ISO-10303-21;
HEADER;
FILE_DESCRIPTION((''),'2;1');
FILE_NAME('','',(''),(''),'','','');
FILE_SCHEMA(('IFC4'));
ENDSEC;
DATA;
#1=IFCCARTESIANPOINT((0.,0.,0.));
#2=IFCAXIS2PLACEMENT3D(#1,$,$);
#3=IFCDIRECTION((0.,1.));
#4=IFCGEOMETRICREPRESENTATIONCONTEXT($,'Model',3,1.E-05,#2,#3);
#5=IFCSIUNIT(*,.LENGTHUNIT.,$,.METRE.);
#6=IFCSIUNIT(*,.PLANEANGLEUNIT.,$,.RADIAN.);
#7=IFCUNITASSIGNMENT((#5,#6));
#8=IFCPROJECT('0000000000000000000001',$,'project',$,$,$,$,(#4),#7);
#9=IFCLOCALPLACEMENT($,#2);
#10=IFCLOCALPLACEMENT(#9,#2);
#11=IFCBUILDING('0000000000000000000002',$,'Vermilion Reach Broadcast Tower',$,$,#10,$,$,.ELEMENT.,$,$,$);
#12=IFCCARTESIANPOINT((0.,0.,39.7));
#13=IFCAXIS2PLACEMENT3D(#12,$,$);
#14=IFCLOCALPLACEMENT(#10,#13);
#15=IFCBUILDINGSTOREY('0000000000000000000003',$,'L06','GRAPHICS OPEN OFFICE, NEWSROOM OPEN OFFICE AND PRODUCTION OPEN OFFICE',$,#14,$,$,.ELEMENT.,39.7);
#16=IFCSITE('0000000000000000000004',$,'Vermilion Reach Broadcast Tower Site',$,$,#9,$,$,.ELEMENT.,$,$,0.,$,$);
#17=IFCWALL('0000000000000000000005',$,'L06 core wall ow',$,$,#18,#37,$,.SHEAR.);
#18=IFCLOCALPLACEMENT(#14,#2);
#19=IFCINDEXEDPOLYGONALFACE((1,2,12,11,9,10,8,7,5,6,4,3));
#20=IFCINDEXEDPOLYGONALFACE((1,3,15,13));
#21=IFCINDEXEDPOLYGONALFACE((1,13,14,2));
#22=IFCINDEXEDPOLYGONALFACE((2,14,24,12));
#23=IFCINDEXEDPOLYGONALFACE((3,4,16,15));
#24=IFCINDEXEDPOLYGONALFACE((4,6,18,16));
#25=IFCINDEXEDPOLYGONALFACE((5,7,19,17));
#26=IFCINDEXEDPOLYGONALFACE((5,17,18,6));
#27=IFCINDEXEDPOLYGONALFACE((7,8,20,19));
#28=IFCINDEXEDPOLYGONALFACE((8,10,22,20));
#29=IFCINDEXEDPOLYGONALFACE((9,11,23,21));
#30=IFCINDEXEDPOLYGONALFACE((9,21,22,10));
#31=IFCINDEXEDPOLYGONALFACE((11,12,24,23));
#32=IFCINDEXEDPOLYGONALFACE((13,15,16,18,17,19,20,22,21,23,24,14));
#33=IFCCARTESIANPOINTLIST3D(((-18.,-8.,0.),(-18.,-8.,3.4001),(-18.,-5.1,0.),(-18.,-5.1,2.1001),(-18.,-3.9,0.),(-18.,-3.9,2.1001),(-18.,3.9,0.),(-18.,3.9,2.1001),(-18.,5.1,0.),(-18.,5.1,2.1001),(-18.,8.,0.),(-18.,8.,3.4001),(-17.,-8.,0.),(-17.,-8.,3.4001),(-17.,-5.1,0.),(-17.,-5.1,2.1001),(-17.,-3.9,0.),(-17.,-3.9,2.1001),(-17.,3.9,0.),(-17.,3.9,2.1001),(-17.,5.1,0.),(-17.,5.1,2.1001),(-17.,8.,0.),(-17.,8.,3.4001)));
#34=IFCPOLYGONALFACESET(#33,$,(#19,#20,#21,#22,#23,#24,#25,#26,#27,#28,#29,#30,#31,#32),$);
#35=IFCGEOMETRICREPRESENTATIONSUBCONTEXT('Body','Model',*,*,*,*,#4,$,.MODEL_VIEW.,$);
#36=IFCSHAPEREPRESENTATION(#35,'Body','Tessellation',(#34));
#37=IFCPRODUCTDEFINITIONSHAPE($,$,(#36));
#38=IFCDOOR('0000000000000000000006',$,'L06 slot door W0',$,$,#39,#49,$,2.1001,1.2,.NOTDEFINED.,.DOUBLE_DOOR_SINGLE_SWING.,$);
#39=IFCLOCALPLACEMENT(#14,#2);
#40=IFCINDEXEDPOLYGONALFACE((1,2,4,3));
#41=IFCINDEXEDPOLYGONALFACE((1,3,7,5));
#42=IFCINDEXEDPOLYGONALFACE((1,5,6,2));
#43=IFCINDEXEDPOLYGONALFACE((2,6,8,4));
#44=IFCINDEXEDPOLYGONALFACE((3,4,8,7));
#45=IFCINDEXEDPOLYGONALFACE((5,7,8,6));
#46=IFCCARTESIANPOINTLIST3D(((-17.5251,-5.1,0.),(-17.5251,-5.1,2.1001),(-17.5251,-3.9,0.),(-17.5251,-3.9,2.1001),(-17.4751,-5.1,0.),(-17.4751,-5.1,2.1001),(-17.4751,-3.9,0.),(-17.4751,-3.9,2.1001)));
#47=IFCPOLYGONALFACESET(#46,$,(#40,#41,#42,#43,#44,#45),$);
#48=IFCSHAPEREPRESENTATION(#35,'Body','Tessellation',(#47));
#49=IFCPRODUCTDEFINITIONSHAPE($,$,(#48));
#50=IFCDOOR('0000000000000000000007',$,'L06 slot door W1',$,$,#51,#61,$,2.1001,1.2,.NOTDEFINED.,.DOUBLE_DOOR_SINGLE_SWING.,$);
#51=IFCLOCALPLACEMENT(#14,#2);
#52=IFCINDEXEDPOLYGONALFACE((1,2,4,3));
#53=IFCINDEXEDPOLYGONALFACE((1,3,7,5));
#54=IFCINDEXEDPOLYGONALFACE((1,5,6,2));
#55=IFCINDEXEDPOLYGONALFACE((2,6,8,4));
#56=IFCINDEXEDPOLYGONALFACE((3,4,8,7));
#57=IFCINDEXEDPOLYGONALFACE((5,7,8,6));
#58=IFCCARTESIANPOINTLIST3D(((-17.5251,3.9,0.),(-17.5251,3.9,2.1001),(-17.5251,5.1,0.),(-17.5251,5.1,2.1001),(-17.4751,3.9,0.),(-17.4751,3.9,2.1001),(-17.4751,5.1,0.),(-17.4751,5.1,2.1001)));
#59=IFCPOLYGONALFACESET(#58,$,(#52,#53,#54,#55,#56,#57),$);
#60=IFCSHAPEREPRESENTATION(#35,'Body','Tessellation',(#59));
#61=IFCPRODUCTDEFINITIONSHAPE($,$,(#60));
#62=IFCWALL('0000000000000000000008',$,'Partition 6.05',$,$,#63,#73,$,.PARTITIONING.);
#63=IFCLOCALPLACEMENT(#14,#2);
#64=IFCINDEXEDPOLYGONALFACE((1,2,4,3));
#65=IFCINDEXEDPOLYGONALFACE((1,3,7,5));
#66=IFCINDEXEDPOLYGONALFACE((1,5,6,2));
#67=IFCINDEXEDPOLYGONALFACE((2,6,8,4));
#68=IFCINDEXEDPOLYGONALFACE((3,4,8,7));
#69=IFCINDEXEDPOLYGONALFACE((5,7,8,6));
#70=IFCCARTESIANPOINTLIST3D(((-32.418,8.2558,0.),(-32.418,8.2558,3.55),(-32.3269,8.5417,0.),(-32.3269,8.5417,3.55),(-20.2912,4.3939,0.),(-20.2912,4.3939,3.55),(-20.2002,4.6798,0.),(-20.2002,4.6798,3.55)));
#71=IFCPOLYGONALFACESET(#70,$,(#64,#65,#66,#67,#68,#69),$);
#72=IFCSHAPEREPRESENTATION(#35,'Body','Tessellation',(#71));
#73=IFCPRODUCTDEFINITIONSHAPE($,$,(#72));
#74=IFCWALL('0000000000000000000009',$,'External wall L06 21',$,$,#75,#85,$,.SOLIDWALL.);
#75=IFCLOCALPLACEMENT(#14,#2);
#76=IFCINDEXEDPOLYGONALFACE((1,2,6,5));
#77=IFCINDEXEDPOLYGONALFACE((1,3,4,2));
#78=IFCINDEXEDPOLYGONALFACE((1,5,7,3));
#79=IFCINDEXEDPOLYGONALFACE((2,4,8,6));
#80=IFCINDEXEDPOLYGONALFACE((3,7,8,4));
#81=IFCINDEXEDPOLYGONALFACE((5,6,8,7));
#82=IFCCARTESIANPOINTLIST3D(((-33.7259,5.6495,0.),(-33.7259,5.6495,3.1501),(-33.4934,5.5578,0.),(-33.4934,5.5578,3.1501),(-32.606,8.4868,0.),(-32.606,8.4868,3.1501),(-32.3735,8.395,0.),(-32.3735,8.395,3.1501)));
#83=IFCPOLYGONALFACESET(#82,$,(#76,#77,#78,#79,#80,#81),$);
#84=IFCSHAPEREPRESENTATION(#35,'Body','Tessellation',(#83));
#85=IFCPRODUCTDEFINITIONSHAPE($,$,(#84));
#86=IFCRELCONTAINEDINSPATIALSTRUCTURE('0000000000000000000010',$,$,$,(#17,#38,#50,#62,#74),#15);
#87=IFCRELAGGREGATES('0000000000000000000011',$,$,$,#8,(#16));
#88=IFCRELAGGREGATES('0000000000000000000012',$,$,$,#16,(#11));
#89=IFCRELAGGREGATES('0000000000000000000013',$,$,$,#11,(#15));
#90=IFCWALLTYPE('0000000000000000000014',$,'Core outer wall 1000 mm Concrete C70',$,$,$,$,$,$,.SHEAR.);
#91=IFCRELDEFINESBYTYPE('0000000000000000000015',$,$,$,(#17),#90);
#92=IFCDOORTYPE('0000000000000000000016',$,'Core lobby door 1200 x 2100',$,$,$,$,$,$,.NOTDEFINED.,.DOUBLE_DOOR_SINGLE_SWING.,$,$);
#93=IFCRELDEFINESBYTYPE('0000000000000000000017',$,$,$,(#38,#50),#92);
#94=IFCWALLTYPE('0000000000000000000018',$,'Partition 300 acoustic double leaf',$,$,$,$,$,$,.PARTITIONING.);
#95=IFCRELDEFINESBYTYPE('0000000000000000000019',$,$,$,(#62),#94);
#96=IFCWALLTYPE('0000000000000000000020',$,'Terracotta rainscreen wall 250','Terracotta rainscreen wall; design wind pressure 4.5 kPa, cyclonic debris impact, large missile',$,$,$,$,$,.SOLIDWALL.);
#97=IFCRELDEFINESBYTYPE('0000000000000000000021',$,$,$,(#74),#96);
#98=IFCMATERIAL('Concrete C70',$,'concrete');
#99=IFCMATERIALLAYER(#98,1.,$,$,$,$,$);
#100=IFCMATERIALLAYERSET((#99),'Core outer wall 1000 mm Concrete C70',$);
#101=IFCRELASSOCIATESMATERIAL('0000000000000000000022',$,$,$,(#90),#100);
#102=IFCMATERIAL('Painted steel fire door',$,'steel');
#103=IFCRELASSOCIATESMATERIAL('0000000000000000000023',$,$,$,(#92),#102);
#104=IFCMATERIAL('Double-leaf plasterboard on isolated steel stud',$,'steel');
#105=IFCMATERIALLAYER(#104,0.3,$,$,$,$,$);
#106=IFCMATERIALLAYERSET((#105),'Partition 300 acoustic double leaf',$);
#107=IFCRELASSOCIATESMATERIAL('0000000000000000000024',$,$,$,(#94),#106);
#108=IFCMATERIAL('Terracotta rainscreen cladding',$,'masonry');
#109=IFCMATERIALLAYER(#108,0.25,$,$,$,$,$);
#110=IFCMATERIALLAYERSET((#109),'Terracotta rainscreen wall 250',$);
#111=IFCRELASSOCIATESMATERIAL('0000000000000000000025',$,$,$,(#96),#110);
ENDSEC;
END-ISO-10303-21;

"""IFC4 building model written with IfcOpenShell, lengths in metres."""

from ifc_helpers import new_model, si_unit, direction, frame, frame_2d, origin, place, context, subcontext, project, spatial, rectangle, extrude, material, layer, layer_set, type_object, element, fill, save


model = new_model("IFC4")

# Units and contexts
model_context = context("Model", 3, precision=1e-05, world=origin(), true_north=direction((0.0, 1.0)))
body_context = subcontext(model_context, "Body", "Model", "MODEL_VIEW")
ifc_project = project(units=[si_unit("LENGTHUNIT", "METRE"), si_unit("PLANEANGLEUNIT", "RADIAN")], contexts=[model_context])

# Site, building, storey
site_placement = place(None, origin())
site = spatial("IfcSite", under=ifc_project, at=site_placement, Name="Vermilion Reach Broadcast Tower Site", CompositionType="ELEMENT", RefElevation=0.0)
building_placement = place(site_placement, origin())
building = spatial("IfcBuilding", under=site, at=building_placement, Name="Vermilion Reach Broadcast Tower", CompositionType="ELEMENT")
storey_placement = place(building_placement, frame((0.0, 0.0, 39.7)))
storey = spatial("IfcBuildingStorey", under=building, at=storey_placement, Name="L06", Description="GRAPHICS OPEN OFFICE, NEWSROOM OPEN OFFICE AND PRODUCTION OPEN OFFICE", CompositionType="ELEMENT", Elevation=39.7)

# Wall, openings, doors
ifc_material_1 = material(Name="Concrete C70", Category="concrete")
ifc_layer_1 = layer(ifc_material_1, 1.0)
ifc_layer_set_1 = layer_set([ifc_layer_1], Name="Core outer wall 1000 mm Concrete C70")
wall_type_1 = type_object("IfcWallType", Name="Core outer wall 1000 mm Concrete C70", PredefinedType="SHEAR", material=ifc_layer_set_1)
wall_1_placement = place(storey_placement, frame((-17.5, 8.0, 0.0), z_axis=(0.0, 0.0, 1.0), x_axis=(0.0, -1.0, 0.0)))
wall_1 = element("IfcWall", 1, at=wall_1_placement, inside=storey, type_object=wall_type_1, Name="L06 core wall ow", PredefinedType="SHEAR", context=body_context, shape_type="SweptSolid", body=[
    extrude(rectangle(XDim=16.0, YDim=1.0, at=frame_2d((8.0, 0.0))), origin(), (0.0, 0.0, 1.0), 3.4001),
])
opening_1_placement = place(wall_1_placement, frame((11.8999, 0.0, 0.0)))
opening_1 = element("IfcOpeningElement", 2, at=opening_1_placement, cuts=wall_1, PredefinedType="OPENING", context=body_context, shape_type="SweptSolid", body=[
    extrude(rectangle(XDim=1.2, YDim=2.1001, at=frame_2d((0.6001, 1.05))), frame((0.0, 0.51, 0.0), z_axis=(0.0, -1.0, 0.0), x_axis=(1.0, 0.0, 0.0)), (0.0, 0.0, 1.0), 1.02),
])
opening_2_placement = place(wall_1_placement, frame((2.8999, 0.0, 0.0)))
opening_2 = element("IfcOpeningElement", 3, at=opening_2_placement, cuts=wall_1, PredefinedType="OPENING", context=body_context, shape_type="SweptSolid", body=[
    extrude(rectangle(XDim=1.2, YDim=2.1001, at=frame_2d((0.6001, 1.05))), frame((0.0, 0.51, 0.0), z_axis=(0.0, -1.0, 0.0), x_axis=(1.0, 0.0, 0.0)), (0.0, 0.0, 1.0), 1.02),
])
ifc_material_2 = material(Name="Painted steel fire door", Category="steel")
door_type = type_object("IfcDoorType", Name="Core lobby door 1200 x 2100", OperationType="DOUBLE_DOOR_SINGLE_SWING", PredefinedType="NOTDEFINED", material=ifc_material_2)
door_1_placement = place(opening_1_placement, origin())
door_1 = element("IfcDoor", 4, at=door_1_placement, inside=storey, type_object=door_type, Name="L06 slot door W0", OperationType="DOUBLE_DOOR_SINGLE_SWING", OverallHeight=2.1001, OverallWidth=1.2, PredefinedType="NOTDEFINED", context=body_context, shape_type="SweptSolid", body=[
    extrude(rectangle(XDim=1.2, YDim=2.1001, at=frame_2d((0.6001, 1.05))), frame((0.0, 0.0249, 0.0), z_axis=(0.0, -1.0, 0.0), x_axis=(1.0, 0.0, 0.0)), (0.0, 0.0, 1.0), 0.05),
])
fill(opening_1, door_1)
door_2_placement = place(opening_2_placement, origin())
door_2 = element("IfcDoor", 5, at=door_2_placement, inside=storey, type_object=door_type, Name="L06 slot door W1", OperationType="DOUBLE_DOOR_SINGLE_SWING", OverallHeight=2.1001, OverallWidth=1.2, PredefinedType="NOTDEFINED", context=body_context, shape_type="SweptSolid", body=[
    extrude(rectangle(XDim=1.2, YDim=2.1001, at=frame_2d((0.6001, 1.05))), frame((0.0, 0.0249, 0.0), z_axis=(0.0, -1.0, 0.0), x_axis=(1.0, 0.0, 0.0)), (0.0, 0.0, 1.0), 0.05),
])
fill(opening_2, door_2)

# Walls
ifc_material_3 = material(Name="Double-leaf plasterboard on isolated steel stud", Category="steel")
ifc_layer_2 = layer(ifc_material_3, 0.3)
ifc_layer_set_2 = layer_set([ifc_layer_2], Name="Partition 300 acoustic double leaf")
wall_type_2 = type_object("IfcWallType", Name="Partition 300 acoustic double leaf", PredefinedType="PARTITIONING", material=ifc_layer_set_2)
wall_2_placement = place(storey_placement, frame((-32.3723, 8.3987, 0.0), z_axis=(0.0, 0.0, 1.0), x_axis=(0.95285, -0.30344, 0.0)))
element("IfcWall", 6, at=wall_2_placement, inside=storey, type_object=wall_type_2, Name="Partition 6.05", PredefinedType="PARTITIONING", context=body_context, shape_type="SweptSolid", body=[
    extrude(rectangle(XDim=12.7268, YDim=0.3, at=frame_2d((6.3633, 0.0))), origin(), (0.0, 0.0, 1.0), 3.55),
])
ifc_material_4 = material(Name="Terracotta rainscreen cladding", Category="masonry")
ifc_layer_3 = layer(ifc_material_4, 0.25)
ifc_layer_set_3 = layer_set([ifc_layer_3], Name="Terracotta rainscreen wall 250")
wall_type_3 = type_object("IfcWallType", Name="Terracotta rainscreen wall 250", Description="Terracotta rainscreen wall; design wind pressure 4.5 kPa, cyclonic debris impact, large missile", PredefinedType="SOLIDWALL", material=ifc_layer_set_3)
wall_3_placement = place(storey_placement, frame((-32.4897, 8.4409, 0.0), z_axis=(0.0, 0.0, 1.0), x_axis=(-0.36715, -0.930162, 0.0)))
element("IfcWall", 7, at=wall_3_placement, inside=storey, type_object=wall_type_3, Name="External wall L06 21", PredefinedType="SOLIDWALL", context=body_context, shape_type="SweptSolid", body=[
    extrude(rectangle(XDim=3.0503, YDim=0.25, at=frame_2d((1.5251, 0.0))), origin(), (0.0, 0.0, 1.0), 3.1501),
])

save(model, "model.ifc")
